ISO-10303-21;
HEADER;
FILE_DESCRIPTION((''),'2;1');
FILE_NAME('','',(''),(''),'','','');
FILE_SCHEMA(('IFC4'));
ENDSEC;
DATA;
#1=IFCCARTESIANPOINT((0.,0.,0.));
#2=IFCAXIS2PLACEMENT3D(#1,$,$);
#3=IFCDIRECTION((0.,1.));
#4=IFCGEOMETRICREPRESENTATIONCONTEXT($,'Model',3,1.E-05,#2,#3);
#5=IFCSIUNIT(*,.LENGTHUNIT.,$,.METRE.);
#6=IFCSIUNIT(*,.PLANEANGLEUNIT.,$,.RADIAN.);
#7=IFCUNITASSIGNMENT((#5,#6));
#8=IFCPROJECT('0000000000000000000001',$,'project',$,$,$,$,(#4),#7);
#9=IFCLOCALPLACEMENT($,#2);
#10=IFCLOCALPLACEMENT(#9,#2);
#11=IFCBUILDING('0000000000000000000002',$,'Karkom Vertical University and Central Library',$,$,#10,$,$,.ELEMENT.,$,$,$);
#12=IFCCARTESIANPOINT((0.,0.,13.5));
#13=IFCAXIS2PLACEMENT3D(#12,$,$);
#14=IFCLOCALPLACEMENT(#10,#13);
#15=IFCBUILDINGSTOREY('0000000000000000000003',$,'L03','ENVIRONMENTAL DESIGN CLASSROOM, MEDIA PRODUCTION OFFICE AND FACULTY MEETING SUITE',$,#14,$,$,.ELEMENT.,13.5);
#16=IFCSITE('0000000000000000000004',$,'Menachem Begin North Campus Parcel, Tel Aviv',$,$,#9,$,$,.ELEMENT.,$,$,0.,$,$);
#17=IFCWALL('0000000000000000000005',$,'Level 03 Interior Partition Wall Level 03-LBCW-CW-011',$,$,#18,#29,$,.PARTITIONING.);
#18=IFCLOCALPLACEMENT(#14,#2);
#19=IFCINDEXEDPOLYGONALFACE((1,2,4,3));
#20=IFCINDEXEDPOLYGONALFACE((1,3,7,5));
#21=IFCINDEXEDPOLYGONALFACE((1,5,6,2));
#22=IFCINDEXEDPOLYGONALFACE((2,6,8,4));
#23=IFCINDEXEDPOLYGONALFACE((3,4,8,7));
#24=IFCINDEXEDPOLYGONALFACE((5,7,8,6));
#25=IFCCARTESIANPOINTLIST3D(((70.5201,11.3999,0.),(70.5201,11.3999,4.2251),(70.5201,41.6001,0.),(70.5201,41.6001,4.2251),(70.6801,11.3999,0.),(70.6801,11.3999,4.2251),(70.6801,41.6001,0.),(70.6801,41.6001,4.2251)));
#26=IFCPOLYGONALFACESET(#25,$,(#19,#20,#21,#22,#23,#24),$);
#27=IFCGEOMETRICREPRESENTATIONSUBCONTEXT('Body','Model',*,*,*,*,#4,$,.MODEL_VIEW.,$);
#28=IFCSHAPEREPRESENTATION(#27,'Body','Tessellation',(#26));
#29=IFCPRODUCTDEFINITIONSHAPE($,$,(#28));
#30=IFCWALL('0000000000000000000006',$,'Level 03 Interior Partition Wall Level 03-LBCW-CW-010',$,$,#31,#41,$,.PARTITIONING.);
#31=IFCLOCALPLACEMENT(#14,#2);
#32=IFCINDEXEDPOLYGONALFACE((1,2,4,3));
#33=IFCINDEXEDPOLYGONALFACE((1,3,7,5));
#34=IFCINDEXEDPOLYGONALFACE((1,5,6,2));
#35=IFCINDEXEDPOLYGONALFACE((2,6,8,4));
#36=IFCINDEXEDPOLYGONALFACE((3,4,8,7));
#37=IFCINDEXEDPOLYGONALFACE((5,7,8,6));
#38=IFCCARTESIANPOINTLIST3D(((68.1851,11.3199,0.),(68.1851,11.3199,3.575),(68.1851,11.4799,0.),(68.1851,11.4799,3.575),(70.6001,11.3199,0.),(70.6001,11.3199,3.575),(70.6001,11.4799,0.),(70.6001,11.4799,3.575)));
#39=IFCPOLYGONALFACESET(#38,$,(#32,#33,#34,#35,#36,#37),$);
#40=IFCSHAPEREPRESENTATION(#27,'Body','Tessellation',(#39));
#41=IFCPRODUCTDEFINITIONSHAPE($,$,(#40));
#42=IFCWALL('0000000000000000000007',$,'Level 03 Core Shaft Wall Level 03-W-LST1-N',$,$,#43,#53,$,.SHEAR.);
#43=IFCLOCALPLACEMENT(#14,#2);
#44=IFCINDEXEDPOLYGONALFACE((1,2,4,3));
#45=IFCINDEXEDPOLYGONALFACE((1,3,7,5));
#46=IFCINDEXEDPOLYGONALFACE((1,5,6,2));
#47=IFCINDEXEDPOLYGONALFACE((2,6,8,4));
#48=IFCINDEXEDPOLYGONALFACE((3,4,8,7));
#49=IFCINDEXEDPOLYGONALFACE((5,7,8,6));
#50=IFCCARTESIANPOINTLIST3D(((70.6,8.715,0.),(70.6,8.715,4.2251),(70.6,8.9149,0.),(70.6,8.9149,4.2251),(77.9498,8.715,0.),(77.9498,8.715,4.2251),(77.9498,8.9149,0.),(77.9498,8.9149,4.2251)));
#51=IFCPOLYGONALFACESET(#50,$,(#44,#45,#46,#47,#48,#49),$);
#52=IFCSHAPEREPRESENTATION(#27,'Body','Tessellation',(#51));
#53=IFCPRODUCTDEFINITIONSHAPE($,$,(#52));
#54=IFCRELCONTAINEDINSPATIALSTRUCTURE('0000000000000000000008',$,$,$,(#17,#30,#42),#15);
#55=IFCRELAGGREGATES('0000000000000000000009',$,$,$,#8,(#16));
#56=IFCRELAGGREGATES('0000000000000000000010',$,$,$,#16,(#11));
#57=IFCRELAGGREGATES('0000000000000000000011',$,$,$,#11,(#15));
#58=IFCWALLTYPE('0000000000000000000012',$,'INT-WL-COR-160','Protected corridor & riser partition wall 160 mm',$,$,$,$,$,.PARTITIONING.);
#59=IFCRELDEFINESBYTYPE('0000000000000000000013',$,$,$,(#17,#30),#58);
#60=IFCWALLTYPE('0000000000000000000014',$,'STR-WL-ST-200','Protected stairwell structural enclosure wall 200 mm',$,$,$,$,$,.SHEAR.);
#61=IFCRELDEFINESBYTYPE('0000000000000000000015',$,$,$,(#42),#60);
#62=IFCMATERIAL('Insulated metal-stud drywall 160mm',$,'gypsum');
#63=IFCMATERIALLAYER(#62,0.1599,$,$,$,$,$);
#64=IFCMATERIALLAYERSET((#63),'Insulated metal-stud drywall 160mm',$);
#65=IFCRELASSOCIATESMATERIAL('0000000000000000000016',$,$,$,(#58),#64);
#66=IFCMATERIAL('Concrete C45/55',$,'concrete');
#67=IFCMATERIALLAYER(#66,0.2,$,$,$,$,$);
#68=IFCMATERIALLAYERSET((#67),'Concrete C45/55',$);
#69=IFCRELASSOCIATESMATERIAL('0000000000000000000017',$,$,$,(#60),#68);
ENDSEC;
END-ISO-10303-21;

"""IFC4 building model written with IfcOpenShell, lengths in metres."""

from ifc_helpers import new_model, si_unit, direction, frame, frame_2d, origin, place, context, subcontext, project, spatial, rectangle, extrude, material, layer, layer_set, type_object, element, save


model = new_model("IFC4")

# Units and contexts
model_context = context("Model", 3, precision=1e-05, world=origin(), true_north=direction((0.0, 1.0)))
body_context = subcontext(model_context, "Body", "Model", "MODEL_VIEW")
ifc_project = project(units=[si_unit("LENGTHUNIT", "METRE"), si_unit("PLANEANGLEUNIT", "RADIAN")], contexts=[model_context])

# Site, building, storey
site_placement = place(None, origin())
site = spatial("IfcSite", under=ifc_project, at=site_placement, Name="Menachem Begin North Campus Parcel, Tel Aviv", CompositionType="ELEMENT", RefElevation=0.0)
building_placement = place(site_placement, origin())
building = spatial("IfcBuilding", under=site, at=building_placement, Name="Karkom Vertical University and Central Library", CompositionType="ELEMENT")
storey_placement = place(building_placement, frame((0.0, 0.0, 13.5)))
storey = spatial("IfcBuildingStorey", under=building, at=storey_placement, Name="L03", Description="ENVIRONMENTAL DESIGN CLASSROOM, MEDIA PRODUCTION OFFICE AND FACULTY MEETING SUITE", CompositionType="ELEMENT", Elevation=13.5)

# Walls
ifc_material_1 = material(Name="Insulated metal-stud drywall 160mm", Category="gypsum")
ifc_layer_1 = layer(ifc_material_1, 0.1599)
ifc_layer_set_1 = layer_set([ifc_layer_1], Name="Insulated metal-stud drywall 160mm")
wall_type_1 = type_object("IfcWallType", Name="INT-WL-COR-160", Description="Protected corridor & riser partition wall 160 mm", PredefinedType="PARTITIONING", material=ifc_layer_set_1)
wall_1_placement = place(storey_placement, frame((70.6001, 11.3999, 0.0), z_axis=(0.0, 0.0, 1.0), x_axis=(0.0, 1.0, 0.0)))
element("IfcWall", 1, at=wall_1_placement, inside=storey, type_object=wall_type_1, Name="Level 03 Interior Partition Wall Level 03-LBCW-CW-011", PredefinedType="PARTITIONING", context=body_context, shape_type="SweptSolid", body=[
    extrude(rectangle(XDim=30.2002, YDim=0.1599, at=frame_2d((15.1001, 0.0))), origin(), (0.0, 0.0, 1.0), 4.2251),
])
wall_2_placement = place(storey_placement, frame((68.1851, 11.3999, 0.0), z_axis=(0.0, 0.0, 1.0), x_axis=(1.0, 0.0, 0.0)))
element("IfcWall", 2, at=wall_2_placement, inside=storey, type_object=wall_type_1, Name="Level 03 Interior Partition Wall Level 03-LBCW-CW-010", PredefinedType="PARTITIONING", context=body_context, shape_type="SweptSolid", body=[
    extrude(rectangle(XDim=2.415, YDim=0.1599, at=frame_2d((1.2075, 0.0))), origin(), (0.0, 0.0, 1.0), 3.575),
])
ifc_material_2 = material(Name="Concrete C45/55", Category="concrete")
ifc_layer_2 = layer(ifc_material_2, 0.2)
ifc_layer_set_2 = layer_set([ifc_layer_2], Name="Concrete C45/55")
wall_type_2 = type_object("IfcWallType", Name="STR-WL-ST-200", Description="Protected stairwell structural enclosure wall 200 mm", PredefinedType="SHEAR", material=ifc_layer_set_2)
wall_3_placement = place(storey_placement, frame((70.6001, 8.8149, 0.0), z_axis=(0.0, 0.0, 1.0), x_axis=(1.0, 0.0, 0.0)))
element("IfcWall", 3, at=wall_3_placement, inside=storey, type_object=wall_type_2, Name="Level 03 Core Shaft Wall Level 03-W-LST1-N", PredefinedType="SHEAR", context=body_context, shape_type="SweptSolid", body=[
    extrude(rectangle(XDim=7.3499, YDim=0.2, at=frame_2d((3.6748, 0.0))), origin(), (0.0, 0.0, 1.0), 4.2251),
])

save(model, "model.ifc")
